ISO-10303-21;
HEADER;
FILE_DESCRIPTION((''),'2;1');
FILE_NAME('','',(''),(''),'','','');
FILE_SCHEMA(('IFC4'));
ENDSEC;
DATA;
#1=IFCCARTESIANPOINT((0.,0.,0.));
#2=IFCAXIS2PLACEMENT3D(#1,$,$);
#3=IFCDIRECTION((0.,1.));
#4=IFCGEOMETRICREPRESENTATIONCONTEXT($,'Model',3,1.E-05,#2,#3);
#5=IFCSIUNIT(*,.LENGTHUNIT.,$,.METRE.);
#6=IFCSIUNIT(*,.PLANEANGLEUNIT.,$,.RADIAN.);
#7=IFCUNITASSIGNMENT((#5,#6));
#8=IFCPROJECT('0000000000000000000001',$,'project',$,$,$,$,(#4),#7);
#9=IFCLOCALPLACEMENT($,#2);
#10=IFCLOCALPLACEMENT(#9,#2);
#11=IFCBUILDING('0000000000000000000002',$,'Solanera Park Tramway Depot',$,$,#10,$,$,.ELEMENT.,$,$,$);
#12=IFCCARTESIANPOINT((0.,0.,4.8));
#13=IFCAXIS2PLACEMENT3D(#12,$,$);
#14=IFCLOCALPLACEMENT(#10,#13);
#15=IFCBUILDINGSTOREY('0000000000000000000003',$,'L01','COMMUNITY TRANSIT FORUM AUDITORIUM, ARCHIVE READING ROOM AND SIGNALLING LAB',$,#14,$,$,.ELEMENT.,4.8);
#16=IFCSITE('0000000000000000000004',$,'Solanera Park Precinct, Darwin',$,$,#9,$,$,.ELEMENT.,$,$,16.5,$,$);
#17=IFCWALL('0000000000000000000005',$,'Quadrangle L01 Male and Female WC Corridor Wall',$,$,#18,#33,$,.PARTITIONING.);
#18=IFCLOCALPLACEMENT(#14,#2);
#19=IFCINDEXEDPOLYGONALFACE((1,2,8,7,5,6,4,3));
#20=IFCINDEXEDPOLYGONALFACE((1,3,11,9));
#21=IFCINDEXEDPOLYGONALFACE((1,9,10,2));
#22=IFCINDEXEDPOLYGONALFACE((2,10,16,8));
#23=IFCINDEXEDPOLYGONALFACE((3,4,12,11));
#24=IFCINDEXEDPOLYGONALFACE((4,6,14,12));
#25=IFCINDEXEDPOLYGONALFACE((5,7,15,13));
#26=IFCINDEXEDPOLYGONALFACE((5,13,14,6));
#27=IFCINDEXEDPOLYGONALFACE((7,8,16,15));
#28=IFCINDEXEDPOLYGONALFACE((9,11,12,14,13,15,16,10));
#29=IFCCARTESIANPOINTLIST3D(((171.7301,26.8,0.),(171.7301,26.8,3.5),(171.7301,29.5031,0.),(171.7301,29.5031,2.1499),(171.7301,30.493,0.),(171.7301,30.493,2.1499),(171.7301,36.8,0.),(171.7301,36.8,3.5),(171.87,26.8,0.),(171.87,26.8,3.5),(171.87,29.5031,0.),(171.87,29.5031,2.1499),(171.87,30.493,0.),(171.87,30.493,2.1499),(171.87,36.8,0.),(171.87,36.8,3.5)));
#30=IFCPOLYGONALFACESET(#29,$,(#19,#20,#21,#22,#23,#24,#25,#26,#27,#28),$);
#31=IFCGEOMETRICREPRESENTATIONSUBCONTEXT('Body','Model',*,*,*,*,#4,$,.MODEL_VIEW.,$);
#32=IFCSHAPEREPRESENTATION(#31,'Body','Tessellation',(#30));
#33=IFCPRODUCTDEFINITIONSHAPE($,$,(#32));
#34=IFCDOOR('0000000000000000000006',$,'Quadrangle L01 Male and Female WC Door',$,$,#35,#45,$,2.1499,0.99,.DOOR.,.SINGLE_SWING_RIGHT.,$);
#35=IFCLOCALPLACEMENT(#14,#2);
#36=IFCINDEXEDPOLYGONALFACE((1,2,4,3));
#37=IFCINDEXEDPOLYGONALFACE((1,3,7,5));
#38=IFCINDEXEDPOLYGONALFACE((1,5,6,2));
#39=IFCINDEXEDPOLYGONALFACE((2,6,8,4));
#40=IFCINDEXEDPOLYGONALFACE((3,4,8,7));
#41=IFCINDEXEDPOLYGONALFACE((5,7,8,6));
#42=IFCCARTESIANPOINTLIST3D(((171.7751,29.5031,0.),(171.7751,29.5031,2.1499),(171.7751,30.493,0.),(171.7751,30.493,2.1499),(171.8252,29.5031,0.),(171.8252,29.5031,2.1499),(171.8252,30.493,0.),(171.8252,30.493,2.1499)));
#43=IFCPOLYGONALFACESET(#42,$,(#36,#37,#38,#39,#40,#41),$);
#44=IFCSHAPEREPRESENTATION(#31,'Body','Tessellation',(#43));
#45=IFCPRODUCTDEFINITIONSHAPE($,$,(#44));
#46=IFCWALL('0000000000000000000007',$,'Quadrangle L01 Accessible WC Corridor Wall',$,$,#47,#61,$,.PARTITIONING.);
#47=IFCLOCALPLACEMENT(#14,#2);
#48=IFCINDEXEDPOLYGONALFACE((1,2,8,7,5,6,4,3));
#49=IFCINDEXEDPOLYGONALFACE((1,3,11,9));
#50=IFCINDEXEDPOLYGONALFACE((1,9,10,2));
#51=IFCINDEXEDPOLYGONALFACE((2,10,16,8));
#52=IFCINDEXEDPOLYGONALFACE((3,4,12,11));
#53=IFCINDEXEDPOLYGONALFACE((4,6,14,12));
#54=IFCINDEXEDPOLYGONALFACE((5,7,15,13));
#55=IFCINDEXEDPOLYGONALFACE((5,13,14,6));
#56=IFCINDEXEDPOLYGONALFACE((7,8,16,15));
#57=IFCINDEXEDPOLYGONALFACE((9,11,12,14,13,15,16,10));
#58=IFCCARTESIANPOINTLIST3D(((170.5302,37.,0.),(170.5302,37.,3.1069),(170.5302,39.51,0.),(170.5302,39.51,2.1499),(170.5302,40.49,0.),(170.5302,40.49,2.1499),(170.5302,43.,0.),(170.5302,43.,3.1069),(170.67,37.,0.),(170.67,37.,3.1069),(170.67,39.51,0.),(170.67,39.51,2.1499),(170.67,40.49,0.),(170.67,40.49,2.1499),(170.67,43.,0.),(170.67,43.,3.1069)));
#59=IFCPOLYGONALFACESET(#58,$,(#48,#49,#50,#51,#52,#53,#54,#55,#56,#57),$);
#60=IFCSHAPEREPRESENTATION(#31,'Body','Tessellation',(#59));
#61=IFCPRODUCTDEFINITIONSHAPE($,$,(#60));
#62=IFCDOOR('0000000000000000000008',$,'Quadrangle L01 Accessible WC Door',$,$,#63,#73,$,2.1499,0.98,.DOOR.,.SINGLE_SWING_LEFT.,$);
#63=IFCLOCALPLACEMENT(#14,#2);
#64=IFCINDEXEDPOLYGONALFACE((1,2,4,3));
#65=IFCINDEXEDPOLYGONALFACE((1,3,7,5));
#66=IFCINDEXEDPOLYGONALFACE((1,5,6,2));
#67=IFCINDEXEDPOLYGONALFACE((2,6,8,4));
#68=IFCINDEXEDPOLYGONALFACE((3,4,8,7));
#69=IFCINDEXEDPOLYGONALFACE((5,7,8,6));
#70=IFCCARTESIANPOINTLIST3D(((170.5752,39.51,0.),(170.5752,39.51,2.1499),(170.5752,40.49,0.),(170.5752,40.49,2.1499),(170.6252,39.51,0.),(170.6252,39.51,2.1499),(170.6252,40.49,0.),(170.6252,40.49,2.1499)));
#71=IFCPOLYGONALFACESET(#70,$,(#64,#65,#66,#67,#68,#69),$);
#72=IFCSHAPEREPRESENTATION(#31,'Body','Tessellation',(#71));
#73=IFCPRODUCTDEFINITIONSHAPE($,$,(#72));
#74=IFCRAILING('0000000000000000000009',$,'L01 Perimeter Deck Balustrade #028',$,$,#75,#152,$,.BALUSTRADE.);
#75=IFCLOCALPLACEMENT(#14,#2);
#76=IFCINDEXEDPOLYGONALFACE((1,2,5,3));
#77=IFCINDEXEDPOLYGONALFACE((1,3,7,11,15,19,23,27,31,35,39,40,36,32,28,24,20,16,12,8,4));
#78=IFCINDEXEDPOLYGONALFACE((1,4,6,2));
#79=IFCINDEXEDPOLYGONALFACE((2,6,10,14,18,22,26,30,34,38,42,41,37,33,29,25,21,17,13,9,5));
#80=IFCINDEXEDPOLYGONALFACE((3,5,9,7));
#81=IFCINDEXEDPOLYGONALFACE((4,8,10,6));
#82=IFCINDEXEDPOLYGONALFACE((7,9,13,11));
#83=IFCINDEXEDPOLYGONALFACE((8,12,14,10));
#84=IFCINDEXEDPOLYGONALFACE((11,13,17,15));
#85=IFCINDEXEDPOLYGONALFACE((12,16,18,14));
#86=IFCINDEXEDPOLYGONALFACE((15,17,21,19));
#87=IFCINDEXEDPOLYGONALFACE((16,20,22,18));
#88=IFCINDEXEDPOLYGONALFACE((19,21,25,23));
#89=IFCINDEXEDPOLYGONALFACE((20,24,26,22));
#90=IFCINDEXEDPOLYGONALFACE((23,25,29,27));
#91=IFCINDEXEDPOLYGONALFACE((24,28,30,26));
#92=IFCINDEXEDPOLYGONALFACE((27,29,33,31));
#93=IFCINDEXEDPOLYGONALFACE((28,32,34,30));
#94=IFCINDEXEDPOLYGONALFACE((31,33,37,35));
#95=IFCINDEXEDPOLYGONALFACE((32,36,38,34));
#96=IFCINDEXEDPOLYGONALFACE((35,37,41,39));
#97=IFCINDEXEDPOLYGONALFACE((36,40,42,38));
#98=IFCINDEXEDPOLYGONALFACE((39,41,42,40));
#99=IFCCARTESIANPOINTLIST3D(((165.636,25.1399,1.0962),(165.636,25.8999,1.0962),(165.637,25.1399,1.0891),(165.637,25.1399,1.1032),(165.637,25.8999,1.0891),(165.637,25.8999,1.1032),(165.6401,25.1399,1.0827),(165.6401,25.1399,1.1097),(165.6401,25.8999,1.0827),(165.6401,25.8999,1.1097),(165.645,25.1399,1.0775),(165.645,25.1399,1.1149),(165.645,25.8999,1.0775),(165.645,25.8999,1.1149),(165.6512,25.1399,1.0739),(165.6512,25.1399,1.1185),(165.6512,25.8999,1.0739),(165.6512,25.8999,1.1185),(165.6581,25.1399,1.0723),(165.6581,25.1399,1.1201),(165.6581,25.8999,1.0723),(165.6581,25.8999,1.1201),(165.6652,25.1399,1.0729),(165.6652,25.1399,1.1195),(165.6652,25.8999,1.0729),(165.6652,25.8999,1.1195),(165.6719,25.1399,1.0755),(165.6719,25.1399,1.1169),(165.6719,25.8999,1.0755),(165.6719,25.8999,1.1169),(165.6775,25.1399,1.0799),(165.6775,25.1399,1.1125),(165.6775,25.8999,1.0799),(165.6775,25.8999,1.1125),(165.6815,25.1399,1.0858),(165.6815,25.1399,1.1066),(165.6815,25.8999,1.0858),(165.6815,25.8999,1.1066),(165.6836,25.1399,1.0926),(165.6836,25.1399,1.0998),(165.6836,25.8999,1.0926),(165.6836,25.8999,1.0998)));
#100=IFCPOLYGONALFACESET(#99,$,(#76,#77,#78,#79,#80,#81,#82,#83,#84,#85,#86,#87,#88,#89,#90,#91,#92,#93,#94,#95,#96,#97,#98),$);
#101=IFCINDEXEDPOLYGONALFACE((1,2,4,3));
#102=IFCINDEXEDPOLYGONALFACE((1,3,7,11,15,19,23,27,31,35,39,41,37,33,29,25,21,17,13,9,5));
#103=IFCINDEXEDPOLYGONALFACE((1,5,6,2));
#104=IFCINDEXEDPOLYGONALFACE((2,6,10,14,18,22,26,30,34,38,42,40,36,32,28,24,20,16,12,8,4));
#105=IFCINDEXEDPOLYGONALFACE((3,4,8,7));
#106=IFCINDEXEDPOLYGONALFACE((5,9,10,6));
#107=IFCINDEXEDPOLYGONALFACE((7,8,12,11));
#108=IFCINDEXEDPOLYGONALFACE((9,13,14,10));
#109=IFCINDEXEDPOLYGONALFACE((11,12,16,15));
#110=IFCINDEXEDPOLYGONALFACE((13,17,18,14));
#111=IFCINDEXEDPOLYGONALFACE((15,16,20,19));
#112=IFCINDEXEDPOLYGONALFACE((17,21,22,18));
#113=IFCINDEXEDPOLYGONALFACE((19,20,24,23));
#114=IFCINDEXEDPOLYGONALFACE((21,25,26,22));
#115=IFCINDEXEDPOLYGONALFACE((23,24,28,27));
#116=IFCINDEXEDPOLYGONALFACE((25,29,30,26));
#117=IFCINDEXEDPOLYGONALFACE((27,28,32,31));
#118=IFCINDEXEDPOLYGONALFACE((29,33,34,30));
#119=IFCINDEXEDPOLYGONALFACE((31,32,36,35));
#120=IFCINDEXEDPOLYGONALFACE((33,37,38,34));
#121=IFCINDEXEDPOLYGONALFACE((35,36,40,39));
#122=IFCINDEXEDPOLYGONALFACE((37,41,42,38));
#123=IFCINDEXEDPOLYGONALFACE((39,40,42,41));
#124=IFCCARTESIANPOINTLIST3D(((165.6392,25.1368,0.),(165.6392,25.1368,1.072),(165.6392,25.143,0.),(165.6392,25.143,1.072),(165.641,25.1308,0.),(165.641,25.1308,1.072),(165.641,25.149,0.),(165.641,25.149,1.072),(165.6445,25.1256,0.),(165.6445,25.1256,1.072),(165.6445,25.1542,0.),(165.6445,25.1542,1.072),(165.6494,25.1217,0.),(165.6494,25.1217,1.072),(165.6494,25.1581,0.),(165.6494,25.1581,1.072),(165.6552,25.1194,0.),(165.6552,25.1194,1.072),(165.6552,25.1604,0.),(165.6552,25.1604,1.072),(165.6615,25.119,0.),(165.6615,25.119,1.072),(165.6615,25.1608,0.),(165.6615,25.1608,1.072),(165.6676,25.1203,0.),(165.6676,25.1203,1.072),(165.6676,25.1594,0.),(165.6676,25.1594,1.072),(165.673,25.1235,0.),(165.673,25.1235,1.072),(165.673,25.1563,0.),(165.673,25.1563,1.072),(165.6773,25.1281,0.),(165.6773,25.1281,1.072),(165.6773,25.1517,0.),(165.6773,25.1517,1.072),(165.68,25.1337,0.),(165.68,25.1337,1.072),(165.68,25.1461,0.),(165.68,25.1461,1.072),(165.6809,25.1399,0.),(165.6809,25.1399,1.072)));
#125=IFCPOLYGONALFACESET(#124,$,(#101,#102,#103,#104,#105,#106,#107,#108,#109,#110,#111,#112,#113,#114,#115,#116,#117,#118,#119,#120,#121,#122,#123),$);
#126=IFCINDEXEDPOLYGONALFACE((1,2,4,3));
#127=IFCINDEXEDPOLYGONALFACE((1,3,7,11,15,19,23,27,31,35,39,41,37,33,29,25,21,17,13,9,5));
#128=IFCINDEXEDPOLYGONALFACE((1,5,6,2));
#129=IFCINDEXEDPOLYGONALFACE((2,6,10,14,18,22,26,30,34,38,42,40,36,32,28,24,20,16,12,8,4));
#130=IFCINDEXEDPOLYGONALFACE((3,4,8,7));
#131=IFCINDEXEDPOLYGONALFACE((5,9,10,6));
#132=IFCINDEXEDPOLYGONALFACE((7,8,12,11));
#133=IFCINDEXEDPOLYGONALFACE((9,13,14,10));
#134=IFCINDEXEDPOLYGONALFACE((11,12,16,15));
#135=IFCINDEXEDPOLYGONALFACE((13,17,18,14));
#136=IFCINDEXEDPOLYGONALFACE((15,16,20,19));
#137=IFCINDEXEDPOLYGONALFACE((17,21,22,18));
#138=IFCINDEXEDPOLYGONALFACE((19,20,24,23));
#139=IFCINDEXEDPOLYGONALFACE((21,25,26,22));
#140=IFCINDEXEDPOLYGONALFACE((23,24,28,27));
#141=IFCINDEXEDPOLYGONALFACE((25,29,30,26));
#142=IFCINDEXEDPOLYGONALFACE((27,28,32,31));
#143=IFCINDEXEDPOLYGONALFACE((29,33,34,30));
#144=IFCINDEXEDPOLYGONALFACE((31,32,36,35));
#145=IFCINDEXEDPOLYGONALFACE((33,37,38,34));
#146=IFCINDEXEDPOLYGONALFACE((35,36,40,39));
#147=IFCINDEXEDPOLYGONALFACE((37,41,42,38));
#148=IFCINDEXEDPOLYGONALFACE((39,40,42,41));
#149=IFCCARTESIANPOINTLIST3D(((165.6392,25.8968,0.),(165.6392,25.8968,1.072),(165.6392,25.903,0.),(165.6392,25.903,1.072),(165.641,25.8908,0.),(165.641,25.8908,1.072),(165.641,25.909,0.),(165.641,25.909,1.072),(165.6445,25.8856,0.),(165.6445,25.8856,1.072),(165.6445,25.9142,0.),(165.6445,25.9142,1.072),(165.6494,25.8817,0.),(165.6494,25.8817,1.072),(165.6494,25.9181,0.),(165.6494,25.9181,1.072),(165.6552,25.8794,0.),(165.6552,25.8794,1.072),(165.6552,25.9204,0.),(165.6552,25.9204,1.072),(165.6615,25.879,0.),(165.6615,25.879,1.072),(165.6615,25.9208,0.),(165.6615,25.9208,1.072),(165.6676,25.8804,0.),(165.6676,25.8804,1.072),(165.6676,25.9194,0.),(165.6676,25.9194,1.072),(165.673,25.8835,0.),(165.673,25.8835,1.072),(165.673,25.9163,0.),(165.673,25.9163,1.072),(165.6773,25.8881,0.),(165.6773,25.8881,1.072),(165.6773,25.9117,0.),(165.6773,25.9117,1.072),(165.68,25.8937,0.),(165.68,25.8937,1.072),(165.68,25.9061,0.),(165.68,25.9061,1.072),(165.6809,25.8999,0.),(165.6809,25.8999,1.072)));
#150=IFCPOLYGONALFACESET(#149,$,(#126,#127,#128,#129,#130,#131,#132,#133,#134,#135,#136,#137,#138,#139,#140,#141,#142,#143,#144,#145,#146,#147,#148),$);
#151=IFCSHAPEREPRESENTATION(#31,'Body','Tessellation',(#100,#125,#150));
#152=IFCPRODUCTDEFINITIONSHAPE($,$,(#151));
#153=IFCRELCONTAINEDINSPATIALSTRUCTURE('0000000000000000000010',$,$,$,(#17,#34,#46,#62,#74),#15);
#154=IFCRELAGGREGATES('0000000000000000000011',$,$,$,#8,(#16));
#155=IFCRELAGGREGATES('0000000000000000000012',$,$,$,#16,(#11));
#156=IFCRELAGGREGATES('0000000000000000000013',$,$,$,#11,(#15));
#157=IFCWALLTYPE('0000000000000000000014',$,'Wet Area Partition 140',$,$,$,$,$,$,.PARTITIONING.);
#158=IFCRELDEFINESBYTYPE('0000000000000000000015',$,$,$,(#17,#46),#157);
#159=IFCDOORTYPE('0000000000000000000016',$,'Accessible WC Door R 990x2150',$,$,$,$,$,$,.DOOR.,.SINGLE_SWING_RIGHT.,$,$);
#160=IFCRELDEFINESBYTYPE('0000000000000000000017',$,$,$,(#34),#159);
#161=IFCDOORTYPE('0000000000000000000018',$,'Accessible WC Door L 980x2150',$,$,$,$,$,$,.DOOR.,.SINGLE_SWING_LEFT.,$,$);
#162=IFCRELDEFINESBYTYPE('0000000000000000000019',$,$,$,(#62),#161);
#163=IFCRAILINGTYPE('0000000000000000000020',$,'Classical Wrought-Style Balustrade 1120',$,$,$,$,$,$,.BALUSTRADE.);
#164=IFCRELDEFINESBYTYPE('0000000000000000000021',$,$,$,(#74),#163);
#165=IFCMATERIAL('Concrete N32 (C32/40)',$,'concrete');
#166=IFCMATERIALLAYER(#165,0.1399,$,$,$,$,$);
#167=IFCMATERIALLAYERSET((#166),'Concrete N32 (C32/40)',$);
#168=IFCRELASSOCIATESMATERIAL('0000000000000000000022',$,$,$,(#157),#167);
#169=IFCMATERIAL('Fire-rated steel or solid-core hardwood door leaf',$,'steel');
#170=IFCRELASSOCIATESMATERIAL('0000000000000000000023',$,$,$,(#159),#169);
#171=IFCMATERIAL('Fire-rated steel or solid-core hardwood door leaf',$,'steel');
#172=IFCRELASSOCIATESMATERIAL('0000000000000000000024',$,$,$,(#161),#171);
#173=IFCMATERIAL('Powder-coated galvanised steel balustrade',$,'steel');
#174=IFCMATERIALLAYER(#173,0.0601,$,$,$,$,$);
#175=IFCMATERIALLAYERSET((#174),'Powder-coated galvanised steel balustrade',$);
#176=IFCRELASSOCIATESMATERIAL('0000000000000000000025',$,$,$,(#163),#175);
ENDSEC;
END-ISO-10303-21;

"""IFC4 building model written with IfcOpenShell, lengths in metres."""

from ifc_helpers import new_model, si_unit, direction, frame, frame_2d, origin, origin_2d, place, context, subcontext, project, spatial, rectangle, circle, extrude, material, layer, layer_set, type_object, element, fill, save


model = new_model("IFC4")

# Units and contexts
model_context = context("Model", 3, precision=1e-05, world=origin(), true_north=direction((0.0, 1.0)))
body_context = subcontext(model_context, "Body", "Model", "MODEL_VIEW")
ifc_project = project(units=[si_unit("LENGTHUNIT", "METRE"), si_unit("PLANEANGLEUNIT", "RADIAN")], contexts=[model_context])

# Site, building, storey
site_placement = place(None, origin())
site = spatial("IfcSite", under=ifc_project, at=site_placement, Name="Solanera Park Precinct, Darwin", CompositionType="ELEMENT", RefElevation=16.5)
building_placement = place(site_placement, origin())
building = spatial("IfcBuilding", under=site, at=building_placement, Name="Solanera Park Tramway Depot", CompositionType="ELEMENT")
storey_placement = place(building_placement, frame((0.0, 0.0, 4.8)))
storey = spatial("IfcBuildingStorey", under=building, at=storey_placement, Name="L01", Description="COMMUNITY TRANSIT FORUM AUDITORIUM, ARCHIVE READING ROOM AND SIGNALLING LAB", CompositionType="ELEMENT", Elevation=4.8)

# Shared definitions
ifc_material_1 = material(Name="Concrete N32 (C32/40)", Category="concrete")
ifc_layer_1 = layer(ifc_material_1, 0.1399)
ifc_layer_set_1 = layer_set([ifc_layer_1], Name="Concrete N32 (C32/40)")
wall_type_1 = type_object("IfcWallType", Name="Wet Area Partition 140", PredefinedType="PARTITIONING", material=ifc_layer_set_1)

# Walls, openings, doors
wall_1_placement = place(storey_placement, frame((171.8, 26.8, 0.0), z_axis=(0.0, 0.0, 1.0), x_axis=(0.0, 1.0, 0.0)))
wall_1 = element("IfcWall", 1, at=wall_1_placement, inside=storey, type_object=wall_type_1, Name="Quadrangle L01 Male and Female WC Corridor Wall", PredefinedType="PARTITIONING", context=body_context, shape_type="SweptSolid", body=[
    extrude(rectangle(XDim=10.0, YDim=0.1399, at=frame_2d((5.0, 0.0))), origin(), (0.0, 0.0, 1.0), 3.5),
])
opening_1_placement = place(wall_1_placement, frame((2.7029, 0.0, 0.0)))
opening_1 = element("IfcOpeningElement", 2, at=opening_1_placement, cuts=wall_1, PredefinedType="OPENING", context=body_context, shape_type="SweptSolid", body=[
    extrude(rectangle(XDim=0.99, YDim=2.1499, at=frame_2d((0.4951, 1.075))), frame((0.0, 0.0801, 0.0), z_axis=(0.0, -1.0, 0.0), x_axis=(1.0, 0.0, 0.0)), (0.0, 0.0, 1.0), 0.1599),
])
ifc_material_2 = material(Name="Fire-rated steel or solid-core hardwood door leaf", Category="steel")
door_type_1 = type_object("IfcDoorType", Name="Accessible WC Door R 990x2150", OperationType="SINGLE_SWING_RIGHT", PredefinedType="DOOR", material=ifc_material_2)
door_1_placement = place(opening_1_placement, origin())
door_1 = element("IfcDoor", 3, at=door_1_placement, inside=storey, type_object=door_type_1, Name="Quadrangle L01 Male and Female WC Door", OperationType="SINGLE_SWING_RIGHT", OverallHeight=2.1499, OverallWidth=0.99, PredefinedType="DOOR", context=body_context, shape_type="SweptSolid", body=[
    extrude(rectangle(XDim=0.99, YDim=2.1499, at=frame_2d((0.4951, 1.075))), frame((0.0, 0.0249, 0.0), z_axis=(0.0, -1.0, 0.0), x_axis=(1.0, 0.0, 0.0)), (0.0, 0.0, 1.0), 0.05),
])
fill(opening_1, door_1)
wall_2_placement = place(storey_placement, frame((170.6001, 37.0, 0.0), z_axis=(0.0, 0.0, 1.0), x_axis=(0.0, 1.0, 0.0)))
wall_2 = element("IfcWall", 4, at=wall_2_placement, inside=storey, type_object=wall_type_1, Name="Quadrangle L01 Accessible WC Corridor Wall", PredefinedType="PARTITIONING", context=body_context, shape_type="SweptSolid", body=[
    extrude(rectangle(XDim=6.0, YDim=0.1399, at=frame_2d((3.0, 0.0))), origin(), (0.0, 0.0, 1.0), 3.1069),
])
opening_2_placement = place(wall_2_placement, frame((2.51, 0.0, 0.0)))
opening_2 = element("IfcOpeningElement", 5, at=opening_2_placement, cuts=wall_2, PredefinedType="OPENING", context=body_context, shape_type="SweptSolid", body=[
    extrude(rectangle(XDim=0.98, YDim=2.1499, at=frame_2d((0.49, 1.075))), frame((0.0, 0.0801, 0.0), z_axis=(0.0, -1.0, 0.0), x_axis=(1.0, 0.0, 0.0)), (0.0, 0.0, 1.0), 0.1599),
])
ifc_material_3 = material(Name="Fire-rated steel or solid-core hardwood door leaf", Category="steel")
door_type_2 = type_object("IfcDoorType", Name="Accessible WC Door L 980x2150", OperationType="SINGLE_SWING_LEFT", PredefinedType="DOOR", material=ifc_material_3)
door_2_placement = place(opening_2_placement, origin())
door_2 = element("IfcDoor", 6, at=door_2_placement, inside=storey, type_object=door_type_2, Name="Quadrangle L01 Accessible WC Door", OperationType="SINGLE_SWING_LEFT", OverallHeight=2.1499, OverallWidth=0.98, PredefinedType="DOOR", context=body_context, shape_type="SweptSolid", body=[
    extrude(rectangle(XDim=0.98, YDim=2.1499, at=frame_2d((0.49, 1.075))), frame((0.0, 0.0249, 0.0), z_axis=(0.0, -1.0, 0.0), x_axis=(1.0, 0.0, 0.0)), (0.0, 0.0, 1.0), 0.05),
])
fill(opening_2, door_2)

# Railing
ifc_material_4 = material(Name="Powder-coated galvanised steel balustrade", Category="steel")
ifc_layer_2 = layer(ifc_material_4, 0.0601)
ifc_layer_set_2 = layer_set([ifc_layer_2], Name="Powder-coated galvanised steel balustrade")
railing_type = type_object("IfcRailingType", Name="Classical Wrought-Style Balustrade 1120", PredefinedType="BALUSTRADE", material=ifc_layer_set_2)
railing_1_placement = place(storey_placement, frame((165.6599, 25.1399, 0.0)))
element("IfcRailing", 7, at=railing_1_placement, inside=storey, type_object=railing_type, Name="L01 Perimeter Deck Balustrade #028", PredefinedType="BALUSTRADE", context=body_context, shape_type="SweptSolid", body=[
    extrude(circle(Radius=0.0239, at=origin_2d()), frame((0.0, 0.0, 1.0962), z_axis=(0.0, 1.0, 0.0), x_axis=(-1.0, 0.0, 0.0)), (0.0, 0.0, 1.0), 0.76),
    extrude(circle(Radius=0.021, at=origin_2d()), origin(), (0.0, 0.0, 1.0), 1.072),
    extrude(circle(Radius=0.021, at=origin_2d()), frame((0.0, 0.76, 0.0)), (0.0, 0.0, 1.0), 1.072),
])

save(model, "model.ifc")
